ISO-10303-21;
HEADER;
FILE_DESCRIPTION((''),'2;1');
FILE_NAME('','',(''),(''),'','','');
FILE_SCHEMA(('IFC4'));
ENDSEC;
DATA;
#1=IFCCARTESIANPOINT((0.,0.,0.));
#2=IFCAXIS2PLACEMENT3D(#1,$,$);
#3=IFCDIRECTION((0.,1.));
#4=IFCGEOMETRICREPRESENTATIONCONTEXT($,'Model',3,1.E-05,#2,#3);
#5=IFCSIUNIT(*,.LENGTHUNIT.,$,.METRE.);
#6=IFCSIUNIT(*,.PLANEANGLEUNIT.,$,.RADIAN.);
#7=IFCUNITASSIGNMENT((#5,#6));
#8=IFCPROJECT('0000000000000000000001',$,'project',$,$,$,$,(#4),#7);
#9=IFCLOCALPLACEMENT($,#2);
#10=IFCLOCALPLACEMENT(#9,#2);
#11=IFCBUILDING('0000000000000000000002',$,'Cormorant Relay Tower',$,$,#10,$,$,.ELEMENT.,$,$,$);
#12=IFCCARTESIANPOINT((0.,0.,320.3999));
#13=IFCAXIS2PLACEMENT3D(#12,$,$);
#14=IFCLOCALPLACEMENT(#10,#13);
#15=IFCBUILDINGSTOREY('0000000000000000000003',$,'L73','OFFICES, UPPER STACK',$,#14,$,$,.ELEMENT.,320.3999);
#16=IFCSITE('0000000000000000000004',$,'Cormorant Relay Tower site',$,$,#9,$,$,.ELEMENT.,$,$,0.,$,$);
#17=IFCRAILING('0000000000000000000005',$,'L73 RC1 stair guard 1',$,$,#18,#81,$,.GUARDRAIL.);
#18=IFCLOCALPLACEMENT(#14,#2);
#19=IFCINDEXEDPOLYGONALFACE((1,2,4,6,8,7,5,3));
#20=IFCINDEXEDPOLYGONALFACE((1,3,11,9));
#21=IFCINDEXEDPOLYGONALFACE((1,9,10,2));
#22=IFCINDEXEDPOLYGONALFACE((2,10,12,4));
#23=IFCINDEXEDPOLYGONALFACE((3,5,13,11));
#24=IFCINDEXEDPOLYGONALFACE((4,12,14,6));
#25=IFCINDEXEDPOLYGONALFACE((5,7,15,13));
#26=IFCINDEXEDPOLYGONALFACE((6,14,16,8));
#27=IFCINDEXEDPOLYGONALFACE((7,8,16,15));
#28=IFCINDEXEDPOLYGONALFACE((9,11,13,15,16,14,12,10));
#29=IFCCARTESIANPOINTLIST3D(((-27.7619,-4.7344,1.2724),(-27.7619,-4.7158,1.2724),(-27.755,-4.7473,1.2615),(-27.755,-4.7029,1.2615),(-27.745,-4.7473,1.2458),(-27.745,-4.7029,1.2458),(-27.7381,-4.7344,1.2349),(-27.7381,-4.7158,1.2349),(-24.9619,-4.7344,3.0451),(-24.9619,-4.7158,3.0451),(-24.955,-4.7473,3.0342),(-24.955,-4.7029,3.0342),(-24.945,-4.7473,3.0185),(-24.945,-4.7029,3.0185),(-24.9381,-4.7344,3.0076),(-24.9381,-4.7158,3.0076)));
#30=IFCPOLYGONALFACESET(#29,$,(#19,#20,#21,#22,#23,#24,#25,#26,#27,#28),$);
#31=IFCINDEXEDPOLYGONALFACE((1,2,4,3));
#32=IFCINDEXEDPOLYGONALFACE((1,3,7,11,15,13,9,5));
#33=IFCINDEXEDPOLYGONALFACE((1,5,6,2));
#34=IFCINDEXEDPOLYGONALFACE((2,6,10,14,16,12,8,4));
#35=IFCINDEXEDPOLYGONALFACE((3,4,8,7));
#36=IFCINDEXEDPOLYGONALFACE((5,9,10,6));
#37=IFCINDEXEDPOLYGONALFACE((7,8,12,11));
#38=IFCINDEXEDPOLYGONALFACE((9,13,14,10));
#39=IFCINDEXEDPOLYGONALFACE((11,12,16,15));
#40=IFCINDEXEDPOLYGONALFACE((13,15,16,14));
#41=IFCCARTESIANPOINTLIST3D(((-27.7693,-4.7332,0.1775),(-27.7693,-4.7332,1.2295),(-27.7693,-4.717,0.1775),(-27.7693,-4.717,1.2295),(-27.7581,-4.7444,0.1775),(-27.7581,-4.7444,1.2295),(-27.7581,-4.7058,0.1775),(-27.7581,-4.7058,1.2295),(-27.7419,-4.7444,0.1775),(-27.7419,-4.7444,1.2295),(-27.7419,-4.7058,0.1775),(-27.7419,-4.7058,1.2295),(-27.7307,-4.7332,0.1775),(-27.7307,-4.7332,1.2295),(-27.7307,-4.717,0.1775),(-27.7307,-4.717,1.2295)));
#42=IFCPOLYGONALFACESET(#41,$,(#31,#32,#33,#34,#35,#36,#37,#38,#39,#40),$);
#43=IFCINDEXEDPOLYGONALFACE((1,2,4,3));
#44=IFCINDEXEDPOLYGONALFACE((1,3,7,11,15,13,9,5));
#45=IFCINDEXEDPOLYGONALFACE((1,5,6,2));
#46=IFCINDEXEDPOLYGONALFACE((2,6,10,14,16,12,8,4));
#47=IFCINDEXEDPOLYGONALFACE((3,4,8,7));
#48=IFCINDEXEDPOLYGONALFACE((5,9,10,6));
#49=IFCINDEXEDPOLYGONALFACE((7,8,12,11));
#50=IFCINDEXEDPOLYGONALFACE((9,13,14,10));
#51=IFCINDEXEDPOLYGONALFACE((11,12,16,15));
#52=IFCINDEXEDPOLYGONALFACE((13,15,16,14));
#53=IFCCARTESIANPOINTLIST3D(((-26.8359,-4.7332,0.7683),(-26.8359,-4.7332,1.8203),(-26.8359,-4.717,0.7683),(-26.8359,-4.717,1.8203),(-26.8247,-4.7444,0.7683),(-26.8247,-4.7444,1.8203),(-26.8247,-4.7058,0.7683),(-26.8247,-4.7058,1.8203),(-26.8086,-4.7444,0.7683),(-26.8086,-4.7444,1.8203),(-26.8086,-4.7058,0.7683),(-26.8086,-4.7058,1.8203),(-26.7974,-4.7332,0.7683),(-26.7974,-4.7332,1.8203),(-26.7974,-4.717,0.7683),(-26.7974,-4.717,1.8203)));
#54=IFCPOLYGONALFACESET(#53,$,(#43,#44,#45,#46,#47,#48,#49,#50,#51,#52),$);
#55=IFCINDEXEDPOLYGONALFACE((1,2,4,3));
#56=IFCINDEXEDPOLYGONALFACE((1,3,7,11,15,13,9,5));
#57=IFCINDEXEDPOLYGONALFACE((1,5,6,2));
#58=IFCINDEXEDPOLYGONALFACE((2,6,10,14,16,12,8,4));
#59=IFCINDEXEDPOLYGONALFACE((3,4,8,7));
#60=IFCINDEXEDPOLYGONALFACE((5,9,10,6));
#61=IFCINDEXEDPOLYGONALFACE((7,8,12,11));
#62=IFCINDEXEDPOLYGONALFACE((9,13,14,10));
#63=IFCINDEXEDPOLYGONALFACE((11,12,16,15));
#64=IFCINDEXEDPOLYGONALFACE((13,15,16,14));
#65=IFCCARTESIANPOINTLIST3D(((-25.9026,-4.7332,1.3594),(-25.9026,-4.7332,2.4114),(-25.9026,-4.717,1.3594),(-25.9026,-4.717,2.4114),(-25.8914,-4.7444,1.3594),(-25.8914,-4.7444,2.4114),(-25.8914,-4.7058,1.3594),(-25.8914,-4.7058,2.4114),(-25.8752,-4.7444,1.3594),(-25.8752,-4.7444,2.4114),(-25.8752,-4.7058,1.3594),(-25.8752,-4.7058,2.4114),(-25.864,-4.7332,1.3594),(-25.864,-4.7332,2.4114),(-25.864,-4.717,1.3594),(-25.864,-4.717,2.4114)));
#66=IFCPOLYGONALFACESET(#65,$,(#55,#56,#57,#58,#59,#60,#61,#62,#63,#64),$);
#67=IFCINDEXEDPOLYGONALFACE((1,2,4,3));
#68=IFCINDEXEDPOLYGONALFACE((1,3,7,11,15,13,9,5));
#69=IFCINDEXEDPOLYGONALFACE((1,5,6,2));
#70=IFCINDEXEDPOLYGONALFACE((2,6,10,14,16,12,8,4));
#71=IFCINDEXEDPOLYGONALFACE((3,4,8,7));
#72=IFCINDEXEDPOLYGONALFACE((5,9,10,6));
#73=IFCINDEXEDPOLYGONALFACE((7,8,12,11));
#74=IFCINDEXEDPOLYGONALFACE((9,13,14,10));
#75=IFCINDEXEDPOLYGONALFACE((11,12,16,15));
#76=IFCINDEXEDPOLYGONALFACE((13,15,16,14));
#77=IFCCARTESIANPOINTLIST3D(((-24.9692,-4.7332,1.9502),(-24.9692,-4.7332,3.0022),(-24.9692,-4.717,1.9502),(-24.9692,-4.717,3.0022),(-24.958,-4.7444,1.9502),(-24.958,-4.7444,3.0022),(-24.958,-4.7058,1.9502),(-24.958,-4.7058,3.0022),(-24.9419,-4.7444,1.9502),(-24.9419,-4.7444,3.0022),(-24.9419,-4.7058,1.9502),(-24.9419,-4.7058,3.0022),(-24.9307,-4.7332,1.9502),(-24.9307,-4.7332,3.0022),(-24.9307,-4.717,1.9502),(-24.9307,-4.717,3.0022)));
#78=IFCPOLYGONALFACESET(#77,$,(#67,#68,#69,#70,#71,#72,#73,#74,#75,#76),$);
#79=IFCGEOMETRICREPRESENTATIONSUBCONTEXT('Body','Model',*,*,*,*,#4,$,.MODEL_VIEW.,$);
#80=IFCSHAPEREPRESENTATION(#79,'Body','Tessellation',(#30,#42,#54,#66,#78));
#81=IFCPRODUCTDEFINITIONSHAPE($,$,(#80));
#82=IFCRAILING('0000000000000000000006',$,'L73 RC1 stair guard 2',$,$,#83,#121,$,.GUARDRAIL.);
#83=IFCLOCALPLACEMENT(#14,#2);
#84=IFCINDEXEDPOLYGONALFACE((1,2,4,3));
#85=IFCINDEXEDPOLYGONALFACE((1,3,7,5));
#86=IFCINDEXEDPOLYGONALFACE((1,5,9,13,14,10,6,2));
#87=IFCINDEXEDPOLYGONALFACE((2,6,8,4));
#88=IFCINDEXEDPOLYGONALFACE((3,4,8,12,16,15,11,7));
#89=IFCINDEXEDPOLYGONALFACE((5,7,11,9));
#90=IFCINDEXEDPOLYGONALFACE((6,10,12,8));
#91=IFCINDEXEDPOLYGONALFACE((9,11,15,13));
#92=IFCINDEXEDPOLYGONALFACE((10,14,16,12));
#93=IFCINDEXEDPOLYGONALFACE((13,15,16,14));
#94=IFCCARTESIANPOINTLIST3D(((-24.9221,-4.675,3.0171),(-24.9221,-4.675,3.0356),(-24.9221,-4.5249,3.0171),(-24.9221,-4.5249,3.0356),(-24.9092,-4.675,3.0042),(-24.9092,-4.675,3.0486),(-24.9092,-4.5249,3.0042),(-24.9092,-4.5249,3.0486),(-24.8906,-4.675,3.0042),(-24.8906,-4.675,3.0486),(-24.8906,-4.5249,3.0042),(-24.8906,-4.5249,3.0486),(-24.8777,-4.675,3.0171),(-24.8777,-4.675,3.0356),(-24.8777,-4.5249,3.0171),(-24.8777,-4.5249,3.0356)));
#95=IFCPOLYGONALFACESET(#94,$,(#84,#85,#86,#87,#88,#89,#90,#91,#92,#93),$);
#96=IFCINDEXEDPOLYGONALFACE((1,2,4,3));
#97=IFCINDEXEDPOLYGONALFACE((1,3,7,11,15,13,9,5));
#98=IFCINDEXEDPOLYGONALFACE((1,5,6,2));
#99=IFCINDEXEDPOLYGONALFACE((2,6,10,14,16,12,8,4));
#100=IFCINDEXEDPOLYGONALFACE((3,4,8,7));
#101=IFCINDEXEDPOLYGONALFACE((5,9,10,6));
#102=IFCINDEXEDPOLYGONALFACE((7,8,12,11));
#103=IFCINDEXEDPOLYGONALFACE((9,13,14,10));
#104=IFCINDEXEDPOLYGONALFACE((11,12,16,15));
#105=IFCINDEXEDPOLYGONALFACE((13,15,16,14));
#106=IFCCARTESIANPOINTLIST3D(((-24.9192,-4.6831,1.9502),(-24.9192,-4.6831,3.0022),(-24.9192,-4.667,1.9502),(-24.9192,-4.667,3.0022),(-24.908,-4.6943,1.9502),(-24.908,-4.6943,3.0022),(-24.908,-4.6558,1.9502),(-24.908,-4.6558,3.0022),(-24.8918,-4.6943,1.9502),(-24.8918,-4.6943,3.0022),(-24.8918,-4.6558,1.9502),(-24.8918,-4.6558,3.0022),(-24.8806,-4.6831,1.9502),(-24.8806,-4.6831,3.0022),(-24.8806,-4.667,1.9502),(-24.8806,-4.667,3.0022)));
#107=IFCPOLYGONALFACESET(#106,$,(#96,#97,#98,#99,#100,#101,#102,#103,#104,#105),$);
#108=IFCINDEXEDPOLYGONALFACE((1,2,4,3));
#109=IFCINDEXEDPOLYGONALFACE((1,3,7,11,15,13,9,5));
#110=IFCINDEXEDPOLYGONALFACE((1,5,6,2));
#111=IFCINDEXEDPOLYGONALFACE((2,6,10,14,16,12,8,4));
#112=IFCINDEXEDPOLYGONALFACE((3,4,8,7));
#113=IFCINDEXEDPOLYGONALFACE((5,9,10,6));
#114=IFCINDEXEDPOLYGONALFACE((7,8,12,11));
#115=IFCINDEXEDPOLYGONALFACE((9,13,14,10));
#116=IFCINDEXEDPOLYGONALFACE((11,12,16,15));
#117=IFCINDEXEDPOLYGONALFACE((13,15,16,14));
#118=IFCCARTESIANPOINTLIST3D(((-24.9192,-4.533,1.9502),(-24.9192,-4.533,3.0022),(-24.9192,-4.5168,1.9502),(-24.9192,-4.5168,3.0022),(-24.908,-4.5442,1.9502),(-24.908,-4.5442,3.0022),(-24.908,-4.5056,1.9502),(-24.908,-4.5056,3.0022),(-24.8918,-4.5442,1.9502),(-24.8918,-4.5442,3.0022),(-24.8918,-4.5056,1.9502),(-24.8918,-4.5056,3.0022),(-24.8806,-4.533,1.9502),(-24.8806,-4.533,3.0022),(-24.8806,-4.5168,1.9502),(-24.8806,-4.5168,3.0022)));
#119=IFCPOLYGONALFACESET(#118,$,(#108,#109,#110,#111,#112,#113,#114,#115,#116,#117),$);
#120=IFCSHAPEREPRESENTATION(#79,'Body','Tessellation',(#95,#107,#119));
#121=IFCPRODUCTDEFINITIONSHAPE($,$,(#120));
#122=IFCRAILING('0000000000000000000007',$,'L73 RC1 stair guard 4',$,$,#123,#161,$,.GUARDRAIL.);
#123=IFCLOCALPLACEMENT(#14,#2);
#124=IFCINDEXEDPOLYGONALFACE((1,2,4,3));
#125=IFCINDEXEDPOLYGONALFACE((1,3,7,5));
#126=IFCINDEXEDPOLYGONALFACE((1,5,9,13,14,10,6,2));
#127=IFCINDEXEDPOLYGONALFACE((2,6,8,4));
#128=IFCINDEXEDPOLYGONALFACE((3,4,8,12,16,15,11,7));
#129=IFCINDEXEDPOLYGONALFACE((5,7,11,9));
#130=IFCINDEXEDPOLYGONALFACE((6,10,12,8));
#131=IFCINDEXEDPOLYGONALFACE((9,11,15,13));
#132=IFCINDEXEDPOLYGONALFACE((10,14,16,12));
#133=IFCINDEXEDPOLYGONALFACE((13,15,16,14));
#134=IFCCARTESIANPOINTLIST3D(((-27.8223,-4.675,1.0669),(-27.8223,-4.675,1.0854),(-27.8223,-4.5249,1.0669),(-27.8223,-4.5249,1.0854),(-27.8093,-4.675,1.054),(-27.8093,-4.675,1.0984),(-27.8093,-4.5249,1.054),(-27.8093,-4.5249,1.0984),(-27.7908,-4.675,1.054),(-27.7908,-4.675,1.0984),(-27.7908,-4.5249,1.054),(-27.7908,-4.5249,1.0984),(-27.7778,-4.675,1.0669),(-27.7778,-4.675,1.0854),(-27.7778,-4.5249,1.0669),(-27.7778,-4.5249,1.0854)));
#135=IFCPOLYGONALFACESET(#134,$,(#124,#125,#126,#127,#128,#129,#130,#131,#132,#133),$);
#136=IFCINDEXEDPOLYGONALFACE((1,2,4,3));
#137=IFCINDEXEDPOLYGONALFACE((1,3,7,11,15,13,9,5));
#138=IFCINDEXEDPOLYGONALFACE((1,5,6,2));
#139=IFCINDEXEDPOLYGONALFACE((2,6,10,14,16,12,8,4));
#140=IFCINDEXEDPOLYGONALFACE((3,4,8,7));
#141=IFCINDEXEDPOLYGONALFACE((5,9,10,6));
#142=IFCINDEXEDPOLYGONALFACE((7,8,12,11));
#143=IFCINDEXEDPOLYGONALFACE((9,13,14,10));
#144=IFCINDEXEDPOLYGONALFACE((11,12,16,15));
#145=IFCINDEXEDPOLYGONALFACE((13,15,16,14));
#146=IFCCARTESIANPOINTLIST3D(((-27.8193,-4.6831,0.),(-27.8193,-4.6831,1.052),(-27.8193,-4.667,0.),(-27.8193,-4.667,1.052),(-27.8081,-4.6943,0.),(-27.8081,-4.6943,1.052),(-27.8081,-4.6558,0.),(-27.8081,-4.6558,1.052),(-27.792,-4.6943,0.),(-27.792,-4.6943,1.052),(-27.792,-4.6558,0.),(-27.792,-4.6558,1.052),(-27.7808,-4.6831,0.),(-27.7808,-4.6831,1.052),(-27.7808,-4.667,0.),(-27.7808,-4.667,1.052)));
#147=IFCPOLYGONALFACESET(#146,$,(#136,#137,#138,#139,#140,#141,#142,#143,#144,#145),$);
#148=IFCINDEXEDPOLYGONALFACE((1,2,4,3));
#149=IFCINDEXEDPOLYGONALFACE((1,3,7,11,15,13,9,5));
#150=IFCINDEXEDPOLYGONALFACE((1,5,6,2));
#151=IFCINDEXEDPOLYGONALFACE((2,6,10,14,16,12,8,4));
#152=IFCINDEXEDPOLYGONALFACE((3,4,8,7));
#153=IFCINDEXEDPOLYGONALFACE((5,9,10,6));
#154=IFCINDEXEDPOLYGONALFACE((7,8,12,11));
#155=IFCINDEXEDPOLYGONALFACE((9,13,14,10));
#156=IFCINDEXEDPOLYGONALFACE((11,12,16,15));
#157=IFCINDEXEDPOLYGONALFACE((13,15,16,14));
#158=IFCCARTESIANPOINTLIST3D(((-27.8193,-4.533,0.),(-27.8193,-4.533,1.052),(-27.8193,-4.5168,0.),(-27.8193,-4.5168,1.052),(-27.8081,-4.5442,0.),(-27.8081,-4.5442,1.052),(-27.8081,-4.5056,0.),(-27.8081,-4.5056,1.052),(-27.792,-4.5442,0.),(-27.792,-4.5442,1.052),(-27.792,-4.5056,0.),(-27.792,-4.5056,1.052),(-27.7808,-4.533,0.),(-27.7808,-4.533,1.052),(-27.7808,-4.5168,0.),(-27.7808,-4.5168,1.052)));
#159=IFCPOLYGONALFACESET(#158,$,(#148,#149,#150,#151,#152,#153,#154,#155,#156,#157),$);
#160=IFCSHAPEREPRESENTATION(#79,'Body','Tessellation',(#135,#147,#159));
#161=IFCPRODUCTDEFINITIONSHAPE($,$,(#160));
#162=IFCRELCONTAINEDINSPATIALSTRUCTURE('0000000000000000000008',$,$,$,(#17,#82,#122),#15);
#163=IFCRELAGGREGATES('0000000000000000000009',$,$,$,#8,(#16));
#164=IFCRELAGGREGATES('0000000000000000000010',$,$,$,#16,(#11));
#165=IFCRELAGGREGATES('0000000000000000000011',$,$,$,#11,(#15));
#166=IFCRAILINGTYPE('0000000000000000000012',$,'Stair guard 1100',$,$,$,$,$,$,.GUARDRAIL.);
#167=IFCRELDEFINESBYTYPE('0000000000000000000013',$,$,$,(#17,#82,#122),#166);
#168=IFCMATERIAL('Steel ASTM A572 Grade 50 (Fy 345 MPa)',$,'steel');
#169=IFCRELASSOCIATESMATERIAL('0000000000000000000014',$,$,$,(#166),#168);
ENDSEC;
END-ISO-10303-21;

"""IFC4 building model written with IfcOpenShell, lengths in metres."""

from ifc_helpers import new_model, si_unit, direction, frame, origin, place, context, subcontext, project, spatial, polyline, outline, extrude, material, type_object, element, save


model = new_model("IFC4")

# Units and contexts
model_context = context("Model", 3, precision=1e-05, world=origin(), true_north=direction((0.0, 1.0)))
body_context = subcontext(model_context, "Body", "Model", "MODEL_VIEW")
ifc_project = project(units=[si_unit("LENGTHUNIT", "METRE"), si_unit("PLANEANGLEUNIT", "RADIAN")], contexts=[model_context])

# Site, building, storey
site_placement = place(None, origin())
site = spatial("IfcSite", under=ifc_project, at=site_placement, Name="Cormorant Relay Tower site", CompositionType="ELEMENT", RefElevation=0.0)
building_placement = place(site_placement, origin())
building = spatial("IfcBuilding", under=site, at=building_placement, Name="Cormorant Relay Tower", CompositionType="ELEMENT")
storey_placement = place(building_placement, frame((0.0, 0.0, 320.3999)))
storey = spatial("IfcBuildingStorey", under=building, at=storey_placement, Name="L73", Description="OFFICES, UPPER STACK", CompositionType="ELEMENT", Elevation=320.3999)

# Railings
ifc_material_1 = material(Name="Steel ASTM A572 Grade 50 (Fy 345 MPa)", Category="steel")
railing_type_1 = type_object("IfcRailingType", Name="Stair guard 1100", PredefinedType="GUARDRAIL", material=ifc_material_1)
railing_1_placement = place(storey_placement, frame((-27.75, -4.7251, 0.1775)))
element("IfcRailing", 1, at=railing_1_placement, inside=storey, type_object=railing_type_1, Name="L73 RC1 stair guard 1", PredefinedType="GUARDRAIL", context=body_context, shape_type="SweptSolid", body=[
    extrude(outline(polyline([(0.0222, 0.0093), (0.0093, 0.0222), (-0.0093, 0.0222), (-0.0222, 0.0093), (-0.0222, -0.0093), (-0.0093, -0.0222), (0.0093, -0.0222), (0.0222, -0.0093), (0.0222, 0.0093)])), frame((0.0, 0.0, 1.0762), z_axis=(0.844909, 0.0, 0.53491), x_axis=(0.0, 1.0, 0.0)), (0.0, 0.0, 1.0), 3.314),
    extrude(outline(polyline([(0.0193, 0.0081), (0.0081, 0.0193), (-0.0081, 0.0193), (-0.0193, 0.0081), (-0.0193, -0.0081), (-0.0081, -0.0193), (0.0081, -0.0193), (0.0193, -0.0081), (0.0193, 0.0081)])), origin(), (0.0, 0.0, 1.0), 1.052),
    extrude(outline(polyline([(0.0193, 0.0081), (0.0081, 0.0193), (-0.0081, 0.0193), (-0.0193, 0.0081), (-0.0193, -0.0081), (-0.0081, -0.0193), (0.0081, -0.0193), (0.0193, -0.0081), (0.0193, 0.0081)])), frame((0.9333, 0.0, 0.5908)), (0.0, 0.0, 1.0), 1.052),
    extrude(outline(polyline([(0.0193, 0.0081), (0.0081, 0.0193), (-0.0081, 0.0193), (-0.0193, 0.0081), (-0.0193, -0.0081), (-0.0081, -0.0193), (0.0081, -0.0193), (0.0193, -0.0081), (0.0193, 0.0081)])), frame((1.8667, 0.0, 1.1819)), (0.0, 0.0, 1.0), 1.052),
    extrude(outline(polyline([(0.0193, 0.0081), (0.0081, 0.0193), (-0.0081, 0.0193), (-0.0193, 0.0081), (-0.0193, -0.0081), (-0.0081, -0.0193), (0.0081, -0.0193), (0.0193, -0.0081), (0.0193, 0.0081)])), frame((2.8, 0.0, 1.7727)), (0.0, 0.0, 1.0), 1.052),
])
for number, where, name in (
    (2, (-24.8999, -4.675, 1.9502), "L73 RC1 stair guard 2"),
    (3, (-27.8, -4.675, 0.0), "L73 RC1 stair guard 4"),
):
    element("IfcRailing", number, at=place(storey_placement, frame(where)), inside=storey, type_object=railing_type_1, Name=name, PredefinedType="GUARDRAIL", context=body_context, shape_type="SweptSolid", body=[
        extrude(outline(polyline([(0.0222, 0.0093), (0.0093, 0.0222), (-0.0093, 0.0222), (-0.0222, 0.0093), (-0.0222, -0.0093), (-0.0093, -0.0222), (0.0093, -0.0222), (0.0222, -0.0093), (0.0222, 0.0093)])), frame((0.0, 0.0, 1.0762), z_axis=(0.0, 1.0, 0.0), x_axis=(-1.0, 0.0, 0.0)), (0.0, 0.0, 1.0), 0.1501),
        extrude(outline(polyline([(0.0193, 0.0081), (0.0081, 0.0193), (-0.0081, 0.0193), (-0.0193, 0.0081), (-0.0193, -0.0081), (-0.0081, -0.0193), (0.0081, -0.0193), (0.0193, -0.0081), (0.0193, 0.0081)])), origin(), (0.0, 0.0, 1.0), 1.052),
        extrude(outline(polyline([(0.0193, 0.0081), (0.0081, 0.0193), (-0.0081, 0.0193), (-0.0193, 0.0081), (-0.0193, -0.0081), (-0.0081, -0.0193), (0.0081, -0.0193), (0.0193, -0.0081), (0.0193, 0.0081)])), frame((0.0, 0.1501, 0.0)), (0.0, 0.0, 1.0), 1.052),
    ])

save(model, "model.ifc")
